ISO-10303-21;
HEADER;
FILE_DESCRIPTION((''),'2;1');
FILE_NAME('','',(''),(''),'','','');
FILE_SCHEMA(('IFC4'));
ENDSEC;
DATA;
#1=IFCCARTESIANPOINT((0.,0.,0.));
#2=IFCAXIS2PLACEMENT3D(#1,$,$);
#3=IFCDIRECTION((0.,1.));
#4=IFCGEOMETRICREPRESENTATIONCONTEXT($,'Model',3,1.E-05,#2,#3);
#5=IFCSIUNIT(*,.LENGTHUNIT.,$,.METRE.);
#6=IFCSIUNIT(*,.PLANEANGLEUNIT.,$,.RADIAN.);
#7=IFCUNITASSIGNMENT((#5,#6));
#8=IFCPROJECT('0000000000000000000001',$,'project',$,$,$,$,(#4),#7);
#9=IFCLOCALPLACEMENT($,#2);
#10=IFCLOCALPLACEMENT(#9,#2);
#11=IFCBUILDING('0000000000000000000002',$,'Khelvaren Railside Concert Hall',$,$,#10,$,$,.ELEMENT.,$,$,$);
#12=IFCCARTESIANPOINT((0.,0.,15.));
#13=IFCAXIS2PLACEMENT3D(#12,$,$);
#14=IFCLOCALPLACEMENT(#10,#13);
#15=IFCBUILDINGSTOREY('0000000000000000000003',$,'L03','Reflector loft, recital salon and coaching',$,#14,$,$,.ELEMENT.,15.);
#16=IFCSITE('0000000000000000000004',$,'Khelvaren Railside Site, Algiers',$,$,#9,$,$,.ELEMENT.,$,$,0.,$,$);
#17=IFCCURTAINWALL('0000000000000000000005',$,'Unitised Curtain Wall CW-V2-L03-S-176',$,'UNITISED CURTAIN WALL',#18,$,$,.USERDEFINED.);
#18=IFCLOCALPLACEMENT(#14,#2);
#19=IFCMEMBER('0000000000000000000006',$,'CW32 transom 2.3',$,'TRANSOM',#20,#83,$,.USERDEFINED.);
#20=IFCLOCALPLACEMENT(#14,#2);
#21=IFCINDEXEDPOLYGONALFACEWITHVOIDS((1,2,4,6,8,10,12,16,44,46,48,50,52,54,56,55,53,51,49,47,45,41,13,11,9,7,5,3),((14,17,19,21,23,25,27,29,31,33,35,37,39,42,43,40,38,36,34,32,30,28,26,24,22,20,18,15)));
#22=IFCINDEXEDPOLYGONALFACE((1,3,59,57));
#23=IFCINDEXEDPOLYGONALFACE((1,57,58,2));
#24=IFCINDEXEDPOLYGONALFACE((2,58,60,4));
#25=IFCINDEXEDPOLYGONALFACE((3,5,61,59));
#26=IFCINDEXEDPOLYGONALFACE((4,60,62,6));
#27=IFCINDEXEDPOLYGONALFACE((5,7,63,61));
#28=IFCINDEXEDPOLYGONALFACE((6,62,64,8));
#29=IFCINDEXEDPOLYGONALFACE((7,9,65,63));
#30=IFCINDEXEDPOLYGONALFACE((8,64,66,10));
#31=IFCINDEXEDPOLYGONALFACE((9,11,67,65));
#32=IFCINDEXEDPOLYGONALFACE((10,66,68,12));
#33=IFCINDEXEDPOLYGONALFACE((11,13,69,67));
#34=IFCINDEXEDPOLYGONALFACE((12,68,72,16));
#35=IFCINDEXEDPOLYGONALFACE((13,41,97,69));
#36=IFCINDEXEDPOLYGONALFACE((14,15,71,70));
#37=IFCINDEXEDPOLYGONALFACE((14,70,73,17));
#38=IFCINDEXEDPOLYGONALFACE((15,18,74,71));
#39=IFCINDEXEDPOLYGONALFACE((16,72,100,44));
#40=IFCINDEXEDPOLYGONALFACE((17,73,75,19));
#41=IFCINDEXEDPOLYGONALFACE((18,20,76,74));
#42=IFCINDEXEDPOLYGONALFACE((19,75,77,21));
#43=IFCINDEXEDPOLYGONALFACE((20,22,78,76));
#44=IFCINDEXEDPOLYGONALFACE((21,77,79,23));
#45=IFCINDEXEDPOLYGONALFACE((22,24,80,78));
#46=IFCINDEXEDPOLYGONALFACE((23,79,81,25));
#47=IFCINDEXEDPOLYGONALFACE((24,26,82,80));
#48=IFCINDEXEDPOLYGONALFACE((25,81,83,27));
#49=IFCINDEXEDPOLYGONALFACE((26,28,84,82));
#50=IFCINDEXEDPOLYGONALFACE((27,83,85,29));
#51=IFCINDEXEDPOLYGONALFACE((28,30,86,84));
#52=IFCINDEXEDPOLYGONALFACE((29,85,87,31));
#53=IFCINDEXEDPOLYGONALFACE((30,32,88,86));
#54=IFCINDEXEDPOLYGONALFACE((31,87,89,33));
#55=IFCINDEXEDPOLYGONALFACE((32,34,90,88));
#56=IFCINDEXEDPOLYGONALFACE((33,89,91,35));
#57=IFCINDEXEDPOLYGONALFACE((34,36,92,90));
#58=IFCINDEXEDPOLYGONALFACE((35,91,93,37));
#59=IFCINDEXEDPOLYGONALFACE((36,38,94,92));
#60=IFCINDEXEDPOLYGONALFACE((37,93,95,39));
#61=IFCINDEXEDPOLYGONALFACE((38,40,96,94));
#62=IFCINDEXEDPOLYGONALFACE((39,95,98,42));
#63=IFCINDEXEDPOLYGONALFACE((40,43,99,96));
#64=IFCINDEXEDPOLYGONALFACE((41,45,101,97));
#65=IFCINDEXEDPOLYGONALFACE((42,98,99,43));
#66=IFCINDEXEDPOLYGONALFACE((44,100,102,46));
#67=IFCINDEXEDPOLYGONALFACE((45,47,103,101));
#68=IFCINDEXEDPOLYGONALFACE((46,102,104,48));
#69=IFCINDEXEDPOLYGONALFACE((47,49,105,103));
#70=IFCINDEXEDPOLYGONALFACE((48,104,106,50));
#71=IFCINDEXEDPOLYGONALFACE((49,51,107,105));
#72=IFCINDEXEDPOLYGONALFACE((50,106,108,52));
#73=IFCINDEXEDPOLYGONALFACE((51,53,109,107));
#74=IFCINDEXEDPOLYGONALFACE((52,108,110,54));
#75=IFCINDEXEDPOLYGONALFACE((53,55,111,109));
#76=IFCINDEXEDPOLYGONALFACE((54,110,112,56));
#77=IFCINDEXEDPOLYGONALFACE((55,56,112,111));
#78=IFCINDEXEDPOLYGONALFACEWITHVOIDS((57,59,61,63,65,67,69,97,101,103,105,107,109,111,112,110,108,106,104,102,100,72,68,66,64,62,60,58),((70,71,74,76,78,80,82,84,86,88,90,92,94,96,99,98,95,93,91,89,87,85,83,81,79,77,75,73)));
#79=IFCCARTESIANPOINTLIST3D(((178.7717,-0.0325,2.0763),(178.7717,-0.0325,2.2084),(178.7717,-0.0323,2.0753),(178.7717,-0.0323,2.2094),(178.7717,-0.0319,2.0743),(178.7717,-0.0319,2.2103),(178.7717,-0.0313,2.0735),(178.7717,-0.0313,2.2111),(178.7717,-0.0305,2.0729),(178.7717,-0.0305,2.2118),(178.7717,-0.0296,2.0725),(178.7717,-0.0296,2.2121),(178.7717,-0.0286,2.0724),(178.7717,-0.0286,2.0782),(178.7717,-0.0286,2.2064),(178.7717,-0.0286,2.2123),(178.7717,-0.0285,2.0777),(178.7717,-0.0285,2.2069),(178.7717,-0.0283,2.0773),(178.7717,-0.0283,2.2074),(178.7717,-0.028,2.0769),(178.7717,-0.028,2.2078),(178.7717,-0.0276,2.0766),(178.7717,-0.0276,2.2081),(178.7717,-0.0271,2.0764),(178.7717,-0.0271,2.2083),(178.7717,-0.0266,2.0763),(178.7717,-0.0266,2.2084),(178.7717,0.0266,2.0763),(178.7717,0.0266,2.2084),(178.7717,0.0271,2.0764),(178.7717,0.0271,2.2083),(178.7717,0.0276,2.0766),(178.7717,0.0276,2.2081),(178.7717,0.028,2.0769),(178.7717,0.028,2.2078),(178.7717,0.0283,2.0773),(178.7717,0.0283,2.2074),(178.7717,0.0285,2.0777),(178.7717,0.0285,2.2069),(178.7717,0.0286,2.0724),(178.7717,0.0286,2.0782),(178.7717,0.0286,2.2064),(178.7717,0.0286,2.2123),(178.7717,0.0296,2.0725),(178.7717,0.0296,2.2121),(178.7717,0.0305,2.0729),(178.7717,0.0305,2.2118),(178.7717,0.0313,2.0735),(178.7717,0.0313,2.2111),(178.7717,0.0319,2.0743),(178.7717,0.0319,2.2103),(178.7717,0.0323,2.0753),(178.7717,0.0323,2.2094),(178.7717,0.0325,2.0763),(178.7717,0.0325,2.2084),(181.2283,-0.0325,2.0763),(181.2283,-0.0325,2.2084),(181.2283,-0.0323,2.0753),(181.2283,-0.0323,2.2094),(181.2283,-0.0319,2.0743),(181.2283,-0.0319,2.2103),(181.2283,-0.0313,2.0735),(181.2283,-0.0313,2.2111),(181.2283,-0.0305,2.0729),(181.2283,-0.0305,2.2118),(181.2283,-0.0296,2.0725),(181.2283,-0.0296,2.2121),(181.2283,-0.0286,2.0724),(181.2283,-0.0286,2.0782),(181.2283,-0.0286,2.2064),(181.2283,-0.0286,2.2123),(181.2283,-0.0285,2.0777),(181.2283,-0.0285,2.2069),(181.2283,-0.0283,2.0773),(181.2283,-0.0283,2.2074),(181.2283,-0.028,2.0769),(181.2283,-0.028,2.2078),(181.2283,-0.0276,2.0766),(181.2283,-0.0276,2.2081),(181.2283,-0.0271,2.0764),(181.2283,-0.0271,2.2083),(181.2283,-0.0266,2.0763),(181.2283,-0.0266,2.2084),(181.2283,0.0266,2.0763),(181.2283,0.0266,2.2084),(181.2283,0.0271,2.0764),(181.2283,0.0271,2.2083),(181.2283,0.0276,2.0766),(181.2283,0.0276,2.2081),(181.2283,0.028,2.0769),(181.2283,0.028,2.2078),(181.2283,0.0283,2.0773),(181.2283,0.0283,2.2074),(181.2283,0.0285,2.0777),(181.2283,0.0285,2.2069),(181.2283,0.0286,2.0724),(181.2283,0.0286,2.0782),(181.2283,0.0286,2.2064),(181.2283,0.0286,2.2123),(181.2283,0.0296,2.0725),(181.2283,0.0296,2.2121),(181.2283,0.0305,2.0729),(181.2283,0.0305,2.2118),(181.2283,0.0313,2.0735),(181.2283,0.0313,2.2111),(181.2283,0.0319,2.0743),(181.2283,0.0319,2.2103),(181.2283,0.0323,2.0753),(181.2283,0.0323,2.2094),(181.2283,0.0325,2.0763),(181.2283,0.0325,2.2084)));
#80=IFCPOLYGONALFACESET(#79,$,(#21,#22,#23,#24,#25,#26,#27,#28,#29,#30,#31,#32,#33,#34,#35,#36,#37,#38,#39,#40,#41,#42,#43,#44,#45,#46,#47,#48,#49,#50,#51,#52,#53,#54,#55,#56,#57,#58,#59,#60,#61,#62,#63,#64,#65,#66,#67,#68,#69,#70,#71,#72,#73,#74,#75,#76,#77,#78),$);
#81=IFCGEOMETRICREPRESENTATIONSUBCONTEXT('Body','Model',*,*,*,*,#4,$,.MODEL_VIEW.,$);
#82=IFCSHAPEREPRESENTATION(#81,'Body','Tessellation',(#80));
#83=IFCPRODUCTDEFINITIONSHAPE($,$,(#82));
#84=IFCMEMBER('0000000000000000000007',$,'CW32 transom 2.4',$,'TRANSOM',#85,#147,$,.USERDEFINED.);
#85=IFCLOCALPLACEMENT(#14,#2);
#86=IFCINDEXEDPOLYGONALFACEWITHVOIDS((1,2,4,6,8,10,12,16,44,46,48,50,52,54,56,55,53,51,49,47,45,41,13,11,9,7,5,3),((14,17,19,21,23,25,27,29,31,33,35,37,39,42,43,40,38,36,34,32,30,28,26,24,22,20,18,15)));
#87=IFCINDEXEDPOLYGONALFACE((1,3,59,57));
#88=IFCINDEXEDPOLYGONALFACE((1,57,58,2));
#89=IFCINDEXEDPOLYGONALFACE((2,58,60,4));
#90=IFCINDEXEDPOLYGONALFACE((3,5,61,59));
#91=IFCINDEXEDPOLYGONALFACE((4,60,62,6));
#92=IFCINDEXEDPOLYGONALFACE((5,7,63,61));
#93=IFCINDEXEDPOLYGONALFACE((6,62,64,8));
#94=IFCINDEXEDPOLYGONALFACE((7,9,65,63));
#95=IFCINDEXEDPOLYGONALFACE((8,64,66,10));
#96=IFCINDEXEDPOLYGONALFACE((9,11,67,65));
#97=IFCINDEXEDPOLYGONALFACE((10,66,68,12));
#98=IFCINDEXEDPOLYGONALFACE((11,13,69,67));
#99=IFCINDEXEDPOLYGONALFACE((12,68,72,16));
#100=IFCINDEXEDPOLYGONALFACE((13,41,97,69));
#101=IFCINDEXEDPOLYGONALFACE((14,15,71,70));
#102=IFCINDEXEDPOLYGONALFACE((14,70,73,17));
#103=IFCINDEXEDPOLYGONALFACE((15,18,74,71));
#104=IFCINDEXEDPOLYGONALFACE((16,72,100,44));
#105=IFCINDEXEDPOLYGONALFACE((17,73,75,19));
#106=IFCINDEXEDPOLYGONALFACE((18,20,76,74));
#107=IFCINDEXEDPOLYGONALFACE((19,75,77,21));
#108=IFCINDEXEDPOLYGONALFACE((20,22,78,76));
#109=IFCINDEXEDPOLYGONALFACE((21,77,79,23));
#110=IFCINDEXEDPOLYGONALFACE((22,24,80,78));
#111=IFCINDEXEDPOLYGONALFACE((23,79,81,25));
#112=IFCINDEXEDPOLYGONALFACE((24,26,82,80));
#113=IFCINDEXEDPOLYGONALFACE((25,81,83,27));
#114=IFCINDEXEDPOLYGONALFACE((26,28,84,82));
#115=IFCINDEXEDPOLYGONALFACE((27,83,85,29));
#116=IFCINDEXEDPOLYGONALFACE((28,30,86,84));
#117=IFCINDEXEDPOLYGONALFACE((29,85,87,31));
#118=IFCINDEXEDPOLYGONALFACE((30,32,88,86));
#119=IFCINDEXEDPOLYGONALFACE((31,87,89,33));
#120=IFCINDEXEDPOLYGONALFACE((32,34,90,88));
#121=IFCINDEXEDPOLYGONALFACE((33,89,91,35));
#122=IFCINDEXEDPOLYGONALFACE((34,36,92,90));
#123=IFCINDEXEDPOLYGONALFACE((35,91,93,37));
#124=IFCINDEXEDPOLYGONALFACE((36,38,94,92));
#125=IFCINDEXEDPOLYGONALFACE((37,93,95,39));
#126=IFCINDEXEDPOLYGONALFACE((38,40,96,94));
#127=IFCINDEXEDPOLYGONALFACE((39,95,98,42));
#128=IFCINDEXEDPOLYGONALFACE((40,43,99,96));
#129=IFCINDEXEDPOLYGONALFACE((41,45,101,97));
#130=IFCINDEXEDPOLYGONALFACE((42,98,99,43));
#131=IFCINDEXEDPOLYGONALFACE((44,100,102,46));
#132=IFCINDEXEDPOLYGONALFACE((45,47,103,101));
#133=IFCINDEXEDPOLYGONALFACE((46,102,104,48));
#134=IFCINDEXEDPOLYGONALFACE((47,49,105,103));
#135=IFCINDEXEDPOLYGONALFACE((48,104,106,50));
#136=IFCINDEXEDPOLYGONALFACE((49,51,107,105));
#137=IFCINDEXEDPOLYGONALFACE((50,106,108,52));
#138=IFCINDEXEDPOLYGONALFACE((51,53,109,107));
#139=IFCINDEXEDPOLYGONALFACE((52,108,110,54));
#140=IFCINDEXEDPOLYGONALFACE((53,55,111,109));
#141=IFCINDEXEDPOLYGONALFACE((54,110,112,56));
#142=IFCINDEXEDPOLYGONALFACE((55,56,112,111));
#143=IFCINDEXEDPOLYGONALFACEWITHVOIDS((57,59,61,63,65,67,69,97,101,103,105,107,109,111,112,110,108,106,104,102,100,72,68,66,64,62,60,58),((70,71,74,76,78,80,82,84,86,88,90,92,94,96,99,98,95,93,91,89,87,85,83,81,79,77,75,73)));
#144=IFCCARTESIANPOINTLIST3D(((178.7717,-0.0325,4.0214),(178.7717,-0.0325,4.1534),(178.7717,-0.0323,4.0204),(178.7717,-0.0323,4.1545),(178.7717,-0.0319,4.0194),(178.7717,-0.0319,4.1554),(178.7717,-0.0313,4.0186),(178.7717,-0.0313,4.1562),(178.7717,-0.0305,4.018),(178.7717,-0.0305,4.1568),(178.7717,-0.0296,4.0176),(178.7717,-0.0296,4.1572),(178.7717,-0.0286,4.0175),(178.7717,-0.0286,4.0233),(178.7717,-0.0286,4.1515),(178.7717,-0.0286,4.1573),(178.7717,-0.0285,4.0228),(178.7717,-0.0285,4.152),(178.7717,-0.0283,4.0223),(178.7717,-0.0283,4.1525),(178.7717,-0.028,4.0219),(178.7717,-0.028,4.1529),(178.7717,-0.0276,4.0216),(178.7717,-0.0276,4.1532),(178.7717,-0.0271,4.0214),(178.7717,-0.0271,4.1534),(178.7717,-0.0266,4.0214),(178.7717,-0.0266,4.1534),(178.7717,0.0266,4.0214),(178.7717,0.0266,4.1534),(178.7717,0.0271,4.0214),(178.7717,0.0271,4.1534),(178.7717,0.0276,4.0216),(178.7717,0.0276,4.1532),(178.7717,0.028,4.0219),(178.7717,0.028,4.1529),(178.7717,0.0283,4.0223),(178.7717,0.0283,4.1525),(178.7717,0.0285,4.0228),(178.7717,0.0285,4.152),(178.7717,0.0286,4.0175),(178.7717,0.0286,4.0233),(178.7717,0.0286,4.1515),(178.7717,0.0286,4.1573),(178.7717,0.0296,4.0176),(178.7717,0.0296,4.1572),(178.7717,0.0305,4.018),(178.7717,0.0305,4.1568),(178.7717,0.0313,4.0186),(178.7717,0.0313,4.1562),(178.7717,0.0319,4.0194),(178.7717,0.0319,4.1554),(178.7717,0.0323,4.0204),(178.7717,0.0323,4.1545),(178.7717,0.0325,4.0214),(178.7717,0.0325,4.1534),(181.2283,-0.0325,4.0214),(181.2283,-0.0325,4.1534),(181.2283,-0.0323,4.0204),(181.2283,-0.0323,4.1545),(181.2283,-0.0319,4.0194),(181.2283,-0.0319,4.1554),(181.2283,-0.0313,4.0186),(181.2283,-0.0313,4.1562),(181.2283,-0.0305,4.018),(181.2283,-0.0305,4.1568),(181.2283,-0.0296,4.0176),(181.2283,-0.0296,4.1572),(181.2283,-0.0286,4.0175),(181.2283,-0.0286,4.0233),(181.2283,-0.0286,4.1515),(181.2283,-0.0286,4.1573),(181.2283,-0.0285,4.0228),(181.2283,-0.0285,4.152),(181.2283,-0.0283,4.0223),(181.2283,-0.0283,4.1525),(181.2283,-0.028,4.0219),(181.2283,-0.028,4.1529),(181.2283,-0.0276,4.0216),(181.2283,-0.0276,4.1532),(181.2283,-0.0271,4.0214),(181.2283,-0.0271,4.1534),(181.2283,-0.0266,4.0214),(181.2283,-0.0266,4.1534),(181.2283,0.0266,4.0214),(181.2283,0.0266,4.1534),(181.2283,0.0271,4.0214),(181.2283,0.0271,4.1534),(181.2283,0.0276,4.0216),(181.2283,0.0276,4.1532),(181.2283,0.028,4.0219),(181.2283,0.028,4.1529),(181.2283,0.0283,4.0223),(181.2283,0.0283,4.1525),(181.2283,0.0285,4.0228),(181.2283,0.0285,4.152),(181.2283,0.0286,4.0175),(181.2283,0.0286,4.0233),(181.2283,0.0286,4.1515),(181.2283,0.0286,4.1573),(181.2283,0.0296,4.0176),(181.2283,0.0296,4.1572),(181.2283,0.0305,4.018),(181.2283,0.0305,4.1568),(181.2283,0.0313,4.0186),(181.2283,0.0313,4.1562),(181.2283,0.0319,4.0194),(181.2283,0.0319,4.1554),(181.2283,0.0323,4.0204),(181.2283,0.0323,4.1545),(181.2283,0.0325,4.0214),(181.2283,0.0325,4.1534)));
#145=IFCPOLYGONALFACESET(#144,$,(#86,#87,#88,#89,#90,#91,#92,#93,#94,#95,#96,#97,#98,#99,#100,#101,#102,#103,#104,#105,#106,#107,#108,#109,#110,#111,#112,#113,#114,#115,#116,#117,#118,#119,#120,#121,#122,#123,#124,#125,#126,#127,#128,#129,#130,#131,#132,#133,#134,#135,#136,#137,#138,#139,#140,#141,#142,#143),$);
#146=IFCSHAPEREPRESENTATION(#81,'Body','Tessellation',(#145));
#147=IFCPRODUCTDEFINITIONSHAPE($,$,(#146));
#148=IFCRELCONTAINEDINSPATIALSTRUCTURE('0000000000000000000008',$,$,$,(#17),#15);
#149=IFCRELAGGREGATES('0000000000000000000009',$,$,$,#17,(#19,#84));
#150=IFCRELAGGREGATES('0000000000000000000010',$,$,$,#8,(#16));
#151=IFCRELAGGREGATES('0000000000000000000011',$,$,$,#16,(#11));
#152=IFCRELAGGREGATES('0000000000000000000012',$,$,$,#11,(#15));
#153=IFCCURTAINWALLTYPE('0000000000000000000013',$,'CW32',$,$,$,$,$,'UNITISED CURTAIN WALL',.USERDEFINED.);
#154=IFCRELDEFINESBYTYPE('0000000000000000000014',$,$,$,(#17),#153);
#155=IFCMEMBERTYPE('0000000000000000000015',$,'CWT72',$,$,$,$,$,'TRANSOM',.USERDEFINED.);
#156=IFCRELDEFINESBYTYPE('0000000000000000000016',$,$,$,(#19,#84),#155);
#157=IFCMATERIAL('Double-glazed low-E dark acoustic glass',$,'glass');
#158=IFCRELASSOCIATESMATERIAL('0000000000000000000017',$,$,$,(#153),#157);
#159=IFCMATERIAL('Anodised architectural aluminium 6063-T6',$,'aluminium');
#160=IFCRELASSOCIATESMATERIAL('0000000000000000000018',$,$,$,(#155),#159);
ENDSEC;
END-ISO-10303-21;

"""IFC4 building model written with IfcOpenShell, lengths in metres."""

from ifc_helpers import new_model, si_unit, direction, frame, origin, origin_2d, place, context, subcontext, project, spatial, hollow_rectangle, extrude, material, material_profile, profile_set, type_object, element, aggregate, save


model = new_model("IFC4")

# Units and contexts
model_context = context("Model", 3, precision=1e-05, world=origin(), true_north=direction((0.0, 1.0)))
body_context = subcontext(model_context, "Body", "Model", "MODEL_VIEW")
ifc_project = project(units=[si_unit("LENGTHUNIT", "METRE"), si_unit("PLANEANGLEUNIT", "RADIAN")], contexts=[model_context])

# Site, building, storey
site_placement = place(None, origin())
site = spatial("IfcSite", under=ifc_project, at=site_placement, Name="Khelvaren Railside Site, Algiers", CompositionType="ELEMENT", RefElevation=0.0)
building_placement = place(site_placement, origin())
building = spatial("IfcBuilding", under=site, at=building_placement, Name="Khelvaren Railside Concert Hall", CompositionType="ELEMENT")
storey_placement = place(building_placement, frame((0.0, 0.0, 15.0)))
storey = spatial("IfcBuildingStorey", under=building, at=storey_placement, Name="L03", Description="Reflector loft, recital salon and coaching", CompositionType="ELEMENT", Elevation=15.0)

# Curtain wall
ifc_material_1 = material(Name="Double-glazed low-E dark acoustic glass", Category="glass")
curtain_wall_type_1 = type_object("IfcCurtainWallType", Name="CW32", ElementType="UNITISED CURTAIN WALL", PredefinedType="USERDEFINED", material=ifc_material_1)
curtain_wall_1_placement = place(storey_placement, origin())
curtain_wall_1 = element("IfcCurtainWall", 1, at=curtain_wall_1_placement, inside=storey, type_object=curtain_wall_type_1, Name="Unitised Curtain Wall CW-V2-L03-S-176", ObjectType="UNITISED CURTAIN WALL", PredefinedType="USERDEFINED")
ifc_material_2 = material(Name="Anodised architectural aluminium 6063-T6", Category="aluminium")

# Members
ifc_material_profile_1 = material_profile(ifc_material_2, hollow_rectangle(XDim=0.0649, YDim=0.1399, WallThickness=0.0039, InnerFilletRadius=0.002, OuterFilletRadius=0.0039, at=origin_2d()), Name="CWT 65x140x4")
ifc_profile_set_1 = profile_set([ifc_material_profile_1], Name="Anodised architectural aluminium 6063-T6")
member_type_1 = type_object("IfcMemberType", Name="CWT72", ElementType="TRANSOM", PredefinedType="USERDEFINED", material=ifc_profile_set_1)
member_1_placement = place(storey_placement, frame((181.2283, 0.0, 2.1423), z_axis=(-1.0, 0.0, 0.0), x_axis=(0.0, -1.0, 0.0)))
member_1 = element("IfcMember", 2, at=member_1_placement, type_object=member_type_1, Name="CW32 transom 2.3", ObjectType="TRANSOM", PredefinedType="USERDEFINED", context=body_context, shape_type="SweptSolid", body=[
    extrude(hollow_rectangle(XDim=0.0649, YDim=0.1399, WallThickness=0.0039, InnerFilletRadius=0.002, OuterFilletRadius=0.0039, at=origin_2d()), origin(), (0.0, 0.0, 1.0), 2.4565),
])
member_2_placement = place(storey_placement, frame((181.2283, 0.0, 4.0874), z_axis=(-1.0, 0.0, 0.0), x_axis=(0.0, -1.0, 0.0)))
member_2 = element("IfcMember", 3, at=member_2_placement, type_object=member_type_1, Name="CW32 transom 2.4", ObjectType="TRANSOM", PredefinedType="USERDEFINED", context=body_context, shape_type="SweptSolid", body=[
    extrude(hollow_rectangle(XDim=0.0649, YDim=0.1399, WallThickness=0.0039, InnerFilletRadius=0.002, OuterFilletRadius=0.0039, at=origin_2d()), origin(), (0.0, 0.0, 1.0), 2.4565),
])

aggregate(curtain_wall_1, [member_1, member_2])

save(model, "model.ifc")
